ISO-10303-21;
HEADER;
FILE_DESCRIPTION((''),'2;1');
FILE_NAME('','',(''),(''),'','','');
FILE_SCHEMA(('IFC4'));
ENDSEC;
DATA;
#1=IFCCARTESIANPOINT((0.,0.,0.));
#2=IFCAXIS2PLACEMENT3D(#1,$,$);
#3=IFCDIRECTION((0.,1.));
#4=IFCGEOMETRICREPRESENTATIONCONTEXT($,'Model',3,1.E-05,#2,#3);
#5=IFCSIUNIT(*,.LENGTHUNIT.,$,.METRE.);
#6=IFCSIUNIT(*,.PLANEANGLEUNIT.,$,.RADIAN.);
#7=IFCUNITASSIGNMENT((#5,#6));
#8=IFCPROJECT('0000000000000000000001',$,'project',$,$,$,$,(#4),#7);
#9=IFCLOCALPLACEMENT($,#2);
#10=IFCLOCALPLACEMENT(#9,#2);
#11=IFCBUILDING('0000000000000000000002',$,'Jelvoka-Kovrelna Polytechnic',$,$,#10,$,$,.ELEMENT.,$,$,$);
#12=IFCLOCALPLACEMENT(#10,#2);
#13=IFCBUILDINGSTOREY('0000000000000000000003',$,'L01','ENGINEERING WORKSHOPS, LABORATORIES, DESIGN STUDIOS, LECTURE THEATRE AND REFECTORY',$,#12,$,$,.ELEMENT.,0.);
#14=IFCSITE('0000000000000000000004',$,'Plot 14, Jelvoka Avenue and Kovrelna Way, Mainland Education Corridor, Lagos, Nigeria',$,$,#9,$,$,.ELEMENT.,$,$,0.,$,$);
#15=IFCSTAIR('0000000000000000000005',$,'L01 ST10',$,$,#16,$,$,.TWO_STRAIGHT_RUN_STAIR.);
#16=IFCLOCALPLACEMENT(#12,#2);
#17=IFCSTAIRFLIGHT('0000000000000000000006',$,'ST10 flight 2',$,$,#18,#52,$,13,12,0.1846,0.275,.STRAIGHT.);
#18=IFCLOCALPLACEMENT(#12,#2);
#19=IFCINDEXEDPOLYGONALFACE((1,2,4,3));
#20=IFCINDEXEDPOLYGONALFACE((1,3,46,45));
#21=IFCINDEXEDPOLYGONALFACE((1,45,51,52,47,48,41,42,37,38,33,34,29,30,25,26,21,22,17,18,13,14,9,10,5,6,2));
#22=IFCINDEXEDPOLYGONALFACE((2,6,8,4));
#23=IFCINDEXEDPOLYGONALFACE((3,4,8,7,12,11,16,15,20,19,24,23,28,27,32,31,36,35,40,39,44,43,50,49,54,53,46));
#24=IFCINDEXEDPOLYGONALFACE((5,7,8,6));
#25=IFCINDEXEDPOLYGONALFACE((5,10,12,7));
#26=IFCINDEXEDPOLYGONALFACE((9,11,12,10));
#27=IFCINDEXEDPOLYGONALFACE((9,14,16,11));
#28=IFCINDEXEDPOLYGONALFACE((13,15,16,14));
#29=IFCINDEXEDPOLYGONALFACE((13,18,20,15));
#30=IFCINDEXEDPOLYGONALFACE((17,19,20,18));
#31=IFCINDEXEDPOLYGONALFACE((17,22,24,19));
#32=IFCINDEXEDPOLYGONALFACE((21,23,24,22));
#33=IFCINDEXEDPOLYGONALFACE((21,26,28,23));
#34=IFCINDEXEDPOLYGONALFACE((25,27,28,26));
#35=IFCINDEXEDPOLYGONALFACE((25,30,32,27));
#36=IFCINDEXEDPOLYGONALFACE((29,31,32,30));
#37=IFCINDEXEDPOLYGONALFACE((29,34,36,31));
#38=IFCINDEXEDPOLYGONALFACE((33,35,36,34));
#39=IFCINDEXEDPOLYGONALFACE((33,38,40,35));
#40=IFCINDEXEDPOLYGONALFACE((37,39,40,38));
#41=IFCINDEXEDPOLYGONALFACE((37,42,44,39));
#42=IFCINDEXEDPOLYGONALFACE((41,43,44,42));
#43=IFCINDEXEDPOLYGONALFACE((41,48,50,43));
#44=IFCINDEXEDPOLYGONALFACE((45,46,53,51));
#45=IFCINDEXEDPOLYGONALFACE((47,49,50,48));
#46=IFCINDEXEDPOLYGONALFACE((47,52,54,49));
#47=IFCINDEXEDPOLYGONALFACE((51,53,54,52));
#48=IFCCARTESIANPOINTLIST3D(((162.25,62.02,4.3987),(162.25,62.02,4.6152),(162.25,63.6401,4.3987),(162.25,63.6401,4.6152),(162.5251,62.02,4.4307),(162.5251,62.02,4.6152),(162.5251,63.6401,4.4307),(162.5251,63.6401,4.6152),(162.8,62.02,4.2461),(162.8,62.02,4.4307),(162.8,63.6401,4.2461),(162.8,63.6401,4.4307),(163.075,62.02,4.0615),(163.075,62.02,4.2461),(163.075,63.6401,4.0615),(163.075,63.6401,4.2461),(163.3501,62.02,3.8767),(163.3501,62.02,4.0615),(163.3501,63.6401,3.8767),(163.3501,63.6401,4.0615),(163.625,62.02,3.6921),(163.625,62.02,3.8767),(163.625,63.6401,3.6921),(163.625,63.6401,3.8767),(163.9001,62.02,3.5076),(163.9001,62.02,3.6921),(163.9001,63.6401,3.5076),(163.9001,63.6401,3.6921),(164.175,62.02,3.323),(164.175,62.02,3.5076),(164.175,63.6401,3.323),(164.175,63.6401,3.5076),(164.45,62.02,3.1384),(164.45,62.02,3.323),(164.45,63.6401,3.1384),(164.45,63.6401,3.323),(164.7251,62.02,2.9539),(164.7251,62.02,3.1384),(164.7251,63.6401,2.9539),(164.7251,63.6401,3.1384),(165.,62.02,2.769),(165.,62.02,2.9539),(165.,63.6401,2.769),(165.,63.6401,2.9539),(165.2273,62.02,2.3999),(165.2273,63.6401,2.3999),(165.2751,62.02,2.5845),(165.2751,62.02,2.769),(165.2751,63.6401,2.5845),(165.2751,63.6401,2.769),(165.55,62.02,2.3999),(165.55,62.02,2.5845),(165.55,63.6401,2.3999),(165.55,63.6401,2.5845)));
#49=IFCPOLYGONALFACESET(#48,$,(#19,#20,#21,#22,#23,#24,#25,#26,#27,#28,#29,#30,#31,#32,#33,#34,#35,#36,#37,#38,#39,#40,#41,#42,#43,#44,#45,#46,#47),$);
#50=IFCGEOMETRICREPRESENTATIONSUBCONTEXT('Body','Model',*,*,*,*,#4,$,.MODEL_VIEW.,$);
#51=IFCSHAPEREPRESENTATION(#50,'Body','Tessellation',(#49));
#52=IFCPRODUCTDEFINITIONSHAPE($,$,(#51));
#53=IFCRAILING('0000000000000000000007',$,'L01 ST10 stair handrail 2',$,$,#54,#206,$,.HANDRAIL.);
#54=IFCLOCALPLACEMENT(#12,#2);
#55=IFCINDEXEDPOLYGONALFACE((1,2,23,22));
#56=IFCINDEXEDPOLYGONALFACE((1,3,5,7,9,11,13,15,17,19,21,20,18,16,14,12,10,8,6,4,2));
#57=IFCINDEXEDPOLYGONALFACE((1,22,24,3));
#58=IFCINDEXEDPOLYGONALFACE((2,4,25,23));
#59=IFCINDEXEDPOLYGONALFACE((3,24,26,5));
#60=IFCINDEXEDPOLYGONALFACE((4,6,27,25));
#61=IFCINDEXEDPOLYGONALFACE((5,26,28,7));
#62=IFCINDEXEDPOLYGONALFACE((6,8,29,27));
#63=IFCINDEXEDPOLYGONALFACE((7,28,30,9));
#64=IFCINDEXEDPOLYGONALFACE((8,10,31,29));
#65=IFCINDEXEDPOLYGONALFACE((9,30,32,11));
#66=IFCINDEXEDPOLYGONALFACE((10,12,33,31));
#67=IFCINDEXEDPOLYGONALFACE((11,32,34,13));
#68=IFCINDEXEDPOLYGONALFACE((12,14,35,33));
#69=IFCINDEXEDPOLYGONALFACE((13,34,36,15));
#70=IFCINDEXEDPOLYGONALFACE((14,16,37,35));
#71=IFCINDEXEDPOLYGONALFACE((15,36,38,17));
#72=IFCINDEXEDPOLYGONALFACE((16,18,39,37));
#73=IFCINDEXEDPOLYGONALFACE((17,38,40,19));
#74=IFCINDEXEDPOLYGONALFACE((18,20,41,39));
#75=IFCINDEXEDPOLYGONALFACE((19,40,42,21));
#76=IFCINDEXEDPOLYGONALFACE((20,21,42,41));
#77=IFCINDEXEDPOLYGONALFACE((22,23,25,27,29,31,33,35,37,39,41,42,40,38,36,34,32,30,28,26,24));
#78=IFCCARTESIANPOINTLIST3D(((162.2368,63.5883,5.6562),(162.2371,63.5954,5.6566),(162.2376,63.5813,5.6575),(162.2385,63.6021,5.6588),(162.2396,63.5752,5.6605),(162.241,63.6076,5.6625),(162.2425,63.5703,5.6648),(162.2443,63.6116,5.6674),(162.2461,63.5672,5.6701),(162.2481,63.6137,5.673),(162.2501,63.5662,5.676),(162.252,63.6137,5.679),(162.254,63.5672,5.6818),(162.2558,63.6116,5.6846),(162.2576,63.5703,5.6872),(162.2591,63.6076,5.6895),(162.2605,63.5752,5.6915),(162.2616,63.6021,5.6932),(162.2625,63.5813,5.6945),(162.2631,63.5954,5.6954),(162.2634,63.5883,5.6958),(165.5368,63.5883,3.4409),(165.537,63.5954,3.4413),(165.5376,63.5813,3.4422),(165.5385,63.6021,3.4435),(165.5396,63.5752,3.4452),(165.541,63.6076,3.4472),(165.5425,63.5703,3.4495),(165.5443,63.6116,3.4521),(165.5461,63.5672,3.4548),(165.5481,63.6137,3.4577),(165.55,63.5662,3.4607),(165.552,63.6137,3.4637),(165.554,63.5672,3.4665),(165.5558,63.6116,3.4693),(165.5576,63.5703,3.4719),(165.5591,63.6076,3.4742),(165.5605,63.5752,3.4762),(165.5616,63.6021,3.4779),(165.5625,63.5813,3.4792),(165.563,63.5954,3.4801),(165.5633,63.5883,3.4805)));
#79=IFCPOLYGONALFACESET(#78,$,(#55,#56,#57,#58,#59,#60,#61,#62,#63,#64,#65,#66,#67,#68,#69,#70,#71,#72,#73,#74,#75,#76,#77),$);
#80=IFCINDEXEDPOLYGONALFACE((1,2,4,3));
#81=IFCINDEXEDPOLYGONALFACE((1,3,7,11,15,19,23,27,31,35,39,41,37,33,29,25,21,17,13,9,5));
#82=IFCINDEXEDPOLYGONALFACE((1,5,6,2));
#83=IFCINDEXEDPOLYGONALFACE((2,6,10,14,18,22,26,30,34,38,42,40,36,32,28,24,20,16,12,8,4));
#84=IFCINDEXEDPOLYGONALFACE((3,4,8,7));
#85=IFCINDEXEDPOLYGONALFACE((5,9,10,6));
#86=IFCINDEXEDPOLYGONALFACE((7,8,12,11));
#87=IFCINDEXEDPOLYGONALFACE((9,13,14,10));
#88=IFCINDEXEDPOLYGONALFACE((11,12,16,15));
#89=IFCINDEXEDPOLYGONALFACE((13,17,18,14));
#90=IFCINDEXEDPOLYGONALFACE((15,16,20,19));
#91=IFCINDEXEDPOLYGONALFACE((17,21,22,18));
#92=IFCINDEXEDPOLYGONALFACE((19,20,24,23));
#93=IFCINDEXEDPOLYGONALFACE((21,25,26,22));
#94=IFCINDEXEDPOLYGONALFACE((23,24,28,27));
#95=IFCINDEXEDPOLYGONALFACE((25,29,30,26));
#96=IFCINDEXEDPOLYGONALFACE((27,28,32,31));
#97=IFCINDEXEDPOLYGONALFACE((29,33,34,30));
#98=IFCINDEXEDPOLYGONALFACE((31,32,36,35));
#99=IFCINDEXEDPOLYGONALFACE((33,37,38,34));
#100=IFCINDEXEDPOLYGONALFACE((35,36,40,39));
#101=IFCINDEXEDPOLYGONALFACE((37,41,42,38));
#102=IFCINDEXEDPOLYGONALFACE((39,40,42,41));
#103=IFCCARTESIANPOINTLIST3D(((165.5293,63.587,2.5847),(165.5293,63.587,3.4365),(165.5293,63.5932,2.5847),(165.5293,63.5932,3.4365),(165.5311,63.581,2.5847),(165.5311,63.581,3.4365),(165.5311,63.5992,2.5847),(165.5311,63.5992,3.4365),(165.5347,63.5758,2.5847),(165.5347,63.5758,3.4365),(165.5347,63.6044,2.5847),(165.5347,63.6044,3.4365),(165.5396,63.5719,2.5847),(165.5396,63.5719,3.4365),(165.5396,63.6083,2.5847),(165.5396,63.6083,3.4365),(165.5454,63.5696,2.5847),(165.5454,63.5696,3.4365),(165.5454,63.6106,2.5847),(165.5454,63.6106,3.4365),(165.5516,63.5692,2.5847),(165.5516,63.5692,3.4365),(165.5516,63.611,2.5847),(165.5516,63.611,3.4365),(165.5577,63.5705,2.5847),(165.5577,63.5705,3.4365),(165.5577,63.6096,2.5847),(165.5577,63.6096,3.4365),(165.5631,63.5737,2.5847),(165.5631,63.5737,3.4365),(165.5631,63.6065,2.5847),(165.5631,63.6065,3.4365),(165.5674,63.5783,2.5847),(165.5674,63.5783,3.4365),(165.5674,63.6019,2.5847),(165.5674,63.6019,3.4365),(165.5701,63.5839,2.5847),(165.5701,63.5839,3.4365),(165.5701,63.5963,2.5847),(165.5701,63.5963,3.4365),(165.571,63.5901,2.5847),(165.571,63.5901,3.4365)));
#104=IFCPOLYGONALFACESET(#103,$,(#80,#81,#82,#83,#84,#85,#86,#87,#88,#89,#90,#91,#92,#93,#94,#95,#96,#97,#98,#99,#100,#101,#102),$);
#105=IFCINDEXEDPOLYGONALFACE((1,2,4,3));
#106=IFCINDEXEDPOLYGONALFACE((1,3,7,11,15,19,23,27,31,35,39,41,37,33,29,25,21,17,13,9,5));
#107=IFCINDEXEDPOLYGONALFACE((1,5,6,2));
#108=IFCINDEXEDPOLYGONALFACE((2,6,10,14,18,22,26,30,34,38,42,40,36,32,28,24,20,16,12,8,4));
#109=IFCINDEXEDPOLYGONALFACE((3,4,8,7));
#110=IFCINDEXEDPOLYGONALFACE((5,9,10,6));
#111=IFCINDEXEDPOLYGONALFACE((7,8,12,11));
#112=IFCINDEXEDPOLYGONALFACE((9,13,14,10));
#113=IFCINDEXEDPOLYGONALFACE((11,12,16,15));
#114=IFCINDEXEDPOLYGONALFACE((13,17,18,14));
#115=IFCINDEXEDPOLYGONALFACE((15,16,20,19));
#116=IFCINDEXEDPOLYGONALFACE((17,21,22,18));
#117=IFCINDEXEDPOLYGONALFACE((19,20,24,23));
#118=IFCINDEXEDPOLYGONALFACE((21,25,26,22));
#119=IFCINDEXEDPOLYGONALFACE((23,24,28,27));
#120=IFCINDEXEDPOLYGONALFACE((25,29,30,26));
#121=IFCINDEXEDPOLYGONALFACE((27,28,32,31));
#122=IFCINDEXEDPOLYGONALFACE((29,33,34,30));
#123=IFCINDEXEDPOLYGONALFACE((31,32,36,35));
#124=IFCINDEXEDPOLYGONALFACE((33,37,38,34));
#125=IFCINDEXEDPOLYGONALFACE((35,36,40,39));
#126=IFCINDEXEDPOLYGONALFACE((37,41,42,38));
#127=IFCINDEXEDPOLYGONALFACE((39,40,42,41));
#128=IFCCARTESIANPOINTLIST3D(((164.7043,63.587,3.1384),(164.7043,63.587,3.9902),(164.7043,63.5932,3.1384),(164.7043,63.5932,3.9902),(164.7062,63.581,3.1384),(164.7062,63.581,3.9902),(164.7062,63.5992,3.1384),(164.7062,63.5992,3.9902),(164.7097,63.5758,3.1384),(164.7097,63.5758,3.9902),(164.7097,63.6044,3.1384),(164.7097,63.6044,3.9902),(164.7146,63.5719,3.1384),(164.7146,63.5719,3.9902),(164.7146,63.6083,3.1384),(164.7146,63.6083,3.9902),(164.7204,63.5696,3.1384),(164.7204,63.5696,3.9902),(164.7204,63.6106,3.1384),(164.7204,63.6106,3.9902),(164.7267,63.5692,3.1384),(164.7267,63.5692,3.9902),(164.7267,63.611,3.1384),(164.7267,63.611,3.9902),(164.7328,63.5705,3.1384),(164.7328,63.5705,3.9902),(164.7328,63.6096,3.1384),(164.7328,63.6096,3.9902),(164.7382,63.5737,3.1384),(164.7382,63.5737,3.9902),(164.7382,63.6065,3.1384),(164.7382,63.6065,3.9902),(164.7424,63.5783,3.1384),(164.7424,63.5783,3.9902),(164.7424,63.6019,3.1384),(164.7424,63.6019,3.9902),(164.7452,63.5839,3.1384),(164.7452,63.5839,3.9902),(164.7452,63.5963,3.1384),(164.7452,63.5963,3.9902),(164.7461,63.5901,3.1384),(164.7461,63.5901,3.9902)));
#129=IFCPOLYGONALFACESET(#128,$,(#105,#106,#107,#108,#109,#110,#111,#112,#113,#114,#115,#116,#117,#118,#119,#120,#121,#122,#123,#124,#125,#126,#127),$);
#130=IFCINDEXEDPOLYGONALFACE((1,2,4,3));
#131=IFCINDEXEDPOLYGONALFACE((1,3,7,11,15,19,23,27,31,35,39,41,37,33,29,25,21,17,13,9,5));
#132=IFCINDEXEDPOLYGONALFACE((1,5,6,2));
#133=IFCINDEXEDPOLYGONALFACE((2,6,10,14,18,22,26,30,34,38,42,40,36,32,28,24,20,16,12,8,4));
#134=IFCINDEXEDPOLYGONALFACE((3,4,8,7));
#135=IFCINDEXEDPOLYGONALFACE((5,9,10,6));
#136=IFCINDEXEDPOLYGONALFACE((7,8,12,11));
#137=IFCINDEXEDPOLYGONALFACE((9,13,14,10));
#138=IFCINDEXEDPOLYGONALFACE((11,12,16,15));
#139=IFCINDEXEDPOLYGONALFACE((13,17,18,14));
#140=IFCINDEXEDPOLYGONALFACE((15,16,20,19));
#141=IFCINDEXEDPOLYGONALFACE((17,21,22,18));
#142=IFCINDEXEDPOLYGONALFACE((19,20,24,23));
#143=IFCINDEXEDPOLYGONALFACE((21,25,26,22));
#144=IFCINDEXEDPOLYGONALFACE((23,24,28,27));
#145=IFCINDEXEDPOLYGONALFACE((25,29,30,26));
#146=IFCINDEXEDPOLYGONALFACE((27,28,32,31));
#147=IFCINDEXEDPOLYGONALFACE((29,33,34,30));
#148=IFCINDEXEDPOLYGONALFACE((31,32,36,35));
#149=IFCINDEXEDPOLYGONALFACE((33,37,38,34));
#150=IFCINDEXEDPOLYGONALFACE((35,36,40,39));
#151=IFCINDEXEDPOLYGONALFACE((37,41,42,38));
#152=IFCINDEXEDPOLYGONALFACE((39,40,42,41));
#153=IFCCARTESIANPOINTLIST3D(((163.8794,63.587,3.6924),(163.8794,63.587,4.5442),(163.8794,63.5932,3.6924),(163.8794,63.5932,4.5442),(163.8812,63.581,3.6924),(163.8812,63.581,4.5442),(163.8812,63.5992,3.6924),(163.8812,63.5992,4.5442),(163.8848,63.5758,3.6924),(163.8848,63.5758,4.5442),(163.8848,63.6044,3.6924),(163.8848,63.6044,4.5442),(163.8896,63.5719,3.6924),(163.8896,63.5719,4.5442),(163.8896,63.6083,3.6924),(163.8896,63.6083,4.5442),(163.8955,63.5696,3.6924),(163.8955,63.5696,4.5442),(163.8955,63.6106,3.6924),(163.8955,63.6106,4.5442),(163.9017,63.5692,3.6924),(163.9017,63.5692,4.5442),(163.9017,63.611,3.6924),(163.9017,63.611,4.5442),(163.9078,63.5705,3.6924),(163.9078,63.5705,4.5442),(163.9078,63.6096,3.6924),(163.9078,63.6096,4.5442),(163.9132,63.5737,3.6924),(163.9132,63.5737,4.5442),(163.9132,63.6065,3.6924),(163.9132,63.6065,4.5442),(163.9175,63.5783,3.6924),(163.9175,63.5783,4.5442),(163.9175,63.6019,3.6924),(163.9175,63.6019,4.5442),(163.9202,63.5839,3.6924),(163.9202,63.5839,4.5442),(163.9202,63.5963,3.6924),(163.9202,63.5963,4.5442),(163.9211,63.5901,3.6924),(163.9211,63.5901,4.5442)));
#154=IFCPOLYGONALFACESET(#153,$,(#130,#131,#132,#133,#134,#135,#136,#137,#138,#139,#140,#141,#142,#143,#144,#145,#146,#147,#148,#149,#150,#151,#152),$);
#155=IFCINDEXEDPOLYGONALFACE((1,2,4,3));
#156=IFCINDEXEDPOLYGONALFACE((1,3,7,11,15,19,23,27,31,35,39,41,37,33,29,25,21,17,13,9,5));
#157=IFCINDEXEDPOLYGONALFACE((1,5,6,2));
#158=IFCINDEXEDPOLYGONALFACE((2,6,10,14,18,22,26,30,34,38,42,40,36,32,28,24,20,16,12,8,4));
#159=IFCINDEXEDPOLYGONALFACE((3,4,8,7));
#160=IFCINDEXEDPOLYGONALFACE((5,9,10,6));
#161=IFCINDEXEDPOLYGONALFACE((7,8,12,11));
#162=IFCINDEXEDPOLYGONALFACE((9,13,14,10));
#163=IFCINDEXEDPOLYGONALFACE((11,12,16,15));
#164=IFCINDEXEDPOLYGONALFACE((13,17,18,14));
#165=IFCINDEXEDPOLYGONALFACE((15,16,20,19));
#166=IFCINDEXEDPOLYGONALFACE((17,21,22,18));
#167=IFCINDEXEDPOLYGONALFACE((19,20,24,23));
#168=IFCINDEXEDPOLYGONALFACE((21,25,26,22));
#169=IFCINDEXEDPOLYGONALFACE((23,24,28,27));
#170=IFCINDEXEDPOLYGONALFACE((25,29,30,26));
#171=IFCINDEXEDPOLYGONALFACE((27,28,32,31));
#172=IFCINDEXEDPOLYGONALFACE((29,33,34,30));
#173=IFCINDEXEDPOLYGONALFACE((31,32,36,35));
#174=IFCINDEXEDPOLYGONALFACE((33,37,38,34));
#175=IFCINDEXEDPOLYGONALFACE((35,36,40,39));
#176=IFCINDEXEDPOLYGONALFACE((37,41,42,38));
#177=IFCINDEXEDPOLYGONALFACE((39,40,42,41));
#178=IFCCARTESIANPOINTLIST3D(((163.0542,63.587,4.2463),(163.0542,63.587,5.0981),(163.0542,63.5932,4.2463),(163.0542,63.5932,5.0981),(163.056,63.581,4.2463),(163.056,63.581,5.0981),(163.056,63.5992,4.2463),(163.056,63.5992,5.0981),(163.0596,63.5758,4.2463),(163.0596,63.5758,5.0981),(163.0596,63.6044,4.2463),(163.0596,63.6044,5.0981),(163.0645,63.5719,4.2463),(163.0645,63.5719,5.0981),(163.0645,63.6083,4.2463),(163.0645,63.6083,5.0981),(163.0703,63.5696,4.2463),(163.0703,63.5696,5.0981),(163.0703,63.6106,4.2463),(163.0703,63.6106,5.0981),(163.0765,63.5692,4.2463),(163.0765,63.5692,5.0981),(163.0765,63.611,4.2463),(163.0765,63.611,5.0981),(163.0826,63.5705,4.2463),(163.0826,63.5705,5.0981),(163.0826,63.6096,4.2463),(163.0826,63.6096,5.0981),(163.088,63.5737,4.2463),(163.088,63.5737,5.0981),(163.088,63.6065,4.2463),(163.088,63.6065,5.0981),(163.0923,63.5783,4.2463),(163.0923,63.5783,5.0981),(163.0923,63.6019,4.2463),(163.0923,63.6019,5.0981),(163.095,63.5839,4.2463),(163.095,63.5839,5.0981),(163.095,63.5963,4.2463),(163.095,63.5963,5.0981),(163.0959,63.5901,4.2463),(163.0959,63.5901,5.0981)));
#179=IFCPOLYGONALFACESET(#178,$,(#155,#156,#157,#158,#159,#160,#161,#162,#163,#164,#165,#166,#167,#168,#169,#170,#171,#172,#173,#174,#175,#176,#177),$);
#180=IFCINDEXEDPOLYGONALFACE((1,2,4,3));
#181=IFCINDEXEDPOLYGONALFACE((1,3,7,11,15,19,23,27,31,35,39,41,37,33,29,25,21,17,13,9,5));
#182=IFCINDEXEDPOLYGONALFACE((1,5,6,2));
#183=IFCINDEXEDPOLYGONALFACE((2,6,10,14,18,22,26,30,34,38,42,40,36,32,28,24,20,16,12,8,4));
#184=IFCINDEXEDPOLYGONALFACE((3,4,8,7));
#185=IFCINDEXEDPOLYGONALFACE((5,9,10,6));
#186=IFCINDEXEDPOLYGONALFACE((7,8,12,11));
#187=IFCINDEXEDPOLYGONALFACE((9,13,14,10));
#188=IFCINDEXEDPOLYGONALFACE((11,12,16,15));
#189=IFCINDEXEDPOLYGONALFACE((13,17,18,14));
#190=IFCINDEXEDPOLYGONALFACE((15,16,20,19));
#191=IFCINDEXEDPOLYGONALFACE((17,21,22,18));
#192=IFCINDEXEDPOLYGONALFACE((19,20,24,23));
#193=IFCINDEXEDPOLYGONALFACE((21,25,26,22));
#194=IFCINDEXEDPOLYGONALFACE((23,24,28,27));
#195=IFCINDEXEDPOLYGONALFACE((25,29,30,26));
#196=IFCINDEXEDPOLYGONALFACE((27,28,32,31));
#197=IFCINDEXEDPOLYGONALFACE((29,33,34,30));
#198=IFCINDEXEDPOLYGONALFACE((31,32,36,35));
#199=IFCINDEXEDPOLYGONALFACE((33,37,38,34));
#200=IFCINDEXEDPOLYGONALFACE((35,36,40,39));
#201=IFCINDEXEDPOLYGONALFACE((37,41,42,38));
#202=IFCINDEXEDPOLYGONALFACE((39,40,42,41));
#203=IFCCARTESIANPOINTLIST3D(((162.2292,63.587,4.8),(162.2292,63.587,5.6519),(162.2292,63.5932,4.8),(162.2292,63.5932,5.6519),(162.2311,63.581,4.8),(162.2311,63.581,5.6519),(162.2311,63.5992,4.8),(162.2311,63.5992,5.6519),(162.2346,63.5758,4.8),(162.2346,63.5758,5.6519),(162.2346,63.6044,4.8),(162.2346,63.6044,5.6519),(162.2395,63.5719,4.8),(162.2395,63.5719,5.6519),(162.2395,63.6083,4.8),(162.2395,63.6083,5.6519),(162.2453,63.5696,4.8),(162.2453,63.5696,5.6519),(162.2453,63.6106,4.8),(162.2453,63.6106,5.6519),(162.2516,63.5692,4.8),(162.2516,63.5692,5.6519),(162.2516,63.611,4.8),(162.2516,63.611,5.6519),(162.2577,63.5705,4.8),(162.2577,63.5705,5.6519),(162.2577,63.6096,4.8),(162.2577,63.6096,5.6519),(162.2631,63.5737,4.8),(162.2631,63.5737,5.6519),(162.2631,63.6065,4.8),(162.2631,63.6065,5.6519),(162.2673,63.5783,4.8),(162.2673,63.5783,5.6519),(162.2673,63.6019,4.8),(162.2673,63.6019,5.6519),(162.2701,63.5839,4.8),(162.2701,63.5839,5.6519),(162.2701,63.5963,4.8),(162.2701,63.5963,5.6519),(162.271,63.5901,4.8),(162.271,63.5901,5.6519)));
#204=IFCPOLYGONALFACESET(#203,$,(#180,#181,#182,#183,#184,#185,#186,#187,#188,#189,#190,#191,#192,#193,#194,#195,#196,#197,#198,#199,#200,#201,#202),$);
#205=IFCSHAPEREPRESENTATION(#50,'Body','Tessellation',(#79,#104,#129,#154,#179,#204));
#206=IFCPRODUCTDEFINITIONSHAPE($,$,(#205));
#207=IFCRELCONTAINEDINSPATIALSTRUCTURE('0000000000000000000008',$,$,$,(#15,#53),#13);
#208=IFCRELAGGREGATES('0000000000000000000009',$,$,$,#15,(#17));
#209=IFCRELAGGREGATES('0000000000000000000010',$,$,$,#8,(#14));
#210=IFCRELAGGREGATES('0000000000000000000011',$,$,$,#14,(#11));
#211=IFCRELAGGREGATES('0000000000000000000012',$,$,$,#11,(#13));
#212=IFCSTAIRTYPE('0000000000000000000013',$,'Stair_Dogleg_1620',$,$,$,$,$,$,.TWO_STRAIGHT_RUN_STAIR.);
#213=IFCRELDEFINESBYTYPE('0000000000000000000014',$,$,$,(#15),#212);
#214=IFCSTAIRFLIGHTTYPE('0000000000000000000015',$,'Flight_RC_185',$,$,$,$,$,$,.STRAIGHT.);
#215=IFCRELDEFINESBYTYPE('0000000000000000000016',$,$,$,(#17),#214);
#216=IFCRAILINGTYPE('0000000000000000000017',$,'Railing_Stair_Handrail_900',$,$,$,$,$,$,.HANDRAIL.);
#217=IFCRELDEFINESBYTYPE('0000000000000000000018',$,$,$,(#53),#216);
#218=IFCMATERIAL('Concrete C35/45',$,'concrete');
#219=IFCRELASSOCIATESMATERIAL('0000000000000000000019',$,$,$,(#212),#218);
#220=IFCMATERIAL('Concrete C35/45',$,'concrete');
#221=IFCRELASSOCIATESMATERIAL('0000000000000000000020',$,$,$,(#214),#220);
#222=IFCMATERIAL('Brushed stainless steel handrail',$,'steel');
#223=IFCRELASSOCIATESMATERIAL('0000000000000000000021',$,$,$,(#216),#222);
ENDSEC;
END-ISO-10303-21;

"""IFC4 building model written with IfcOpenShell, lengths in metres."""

from ifc_helpers import new_model, si_unit, direction, frame, origin, origin_2d, place, context, subcontext, project, spatial, polyline, circle, outline, extrude, material, type_object, element, aggregate, save


model = new_model("IFC4")

# Units and contexts
model_context = context("Model", 3, precision=1e-05, world=origin(), true_north=direction((0.0, 1.0)))
body_context = subcontext(model_context, "Body", "Model", "MODEL_VIEW")
ifc_project = project(units=[si_unit("LENGTHUNIT", "METRE"), si_unit("PLANEANGLEUNIT", "RADIAN")], contexts=[model_context])

# Site, building, storey
site_placement = place(None, origin())
site = spatial("IfcSite", under=ifc_project, at=site_placement, Name="Plot 14, Jelvoka Avenue and Kovrelna Way, Mainland Education Corridor, Lagos, Nigeria", CompositionType="ELEMENT", RefElevation=0.0)
building_placement = place(site_placement, origin())
building = spatial("IfcBuilding", under=site, at=building_placement, Name="Jelvoka-Kovrelna Polytechnic", CompositionType="ELEMENT")
storey_placement = place(building_placement, origin())
storey = spatial("IfcBuildingStorey", under=building, at=storey_placement, Name="L01", Description="ENGINEERING WORKSHOPS, LABORATORIES, DESIGN STUDIOS, LECTURE THEATRE AND REFECTORY", CompositionType="ELEMENT", Elevation=0.0)

# Stair, stair flight
ifc_material_1 = material(Name="Concrete C35/45", Category="concrete")
stair_type = type_object("IfcStairType", Name="Stair_Dogleg_1620", PredefinedType="TWO_STRAIGHT_RUN_STAIR", material=ifc_material_1)
stair_placement = place(storey_placement, origin())
stair = element("IfcStair", 1, at=stair_placement, inside=storey, type_object=stair_type, Name="L01 ST10", PredefinedType="TWO_STRAIGHT_RUN_STAIR")
ifc_material_2 = material(Name="Concrete C35/45", Category="concrete")
stair_flight_type = type_object("IfcStairFlightType", Name="Flight_RC_185", PredefinedType="STRAIGHT", material=ifc_material_2)
stair_flight_placement = place(storey_placement, frame((165.55, 62.8301, 2.3999), z_axis=(0.0, 0.0, 1.0), x_axis=(-1.0, 0.0, 0.0)))
stair_flight = element("IfcStairFlight", 2, at=stair_flight_placement, type_object=stair_flight_type, Name="ST10 flight 2", NumberOfRisers=13, NumberOfTreads=12, PredefinedType="STRAIGHT", RiserHeight=0.1846, TreadLength=0.275, context=body_context, shape_type="SweptSolid", body=[
    extrude(outline(polyline([(0.0, 0.0), (0.0, 0.1846), (0.2749, 0.1846), (0.2749, 0.3691), (0.55, 0.3691), (0.55, 0.554), (0.825, 0.554), (0.825, 0.7385), (1.1001, 0.7385), (1.1001, 0.9231), (1.375, 0.9231), (1.375, 1.1077), (1.6499, 1.1077), (1.6499, 1.2922), (1.925, 1.2922), (1.925, 1.4768), (2.2, 1.4768), (2.2, 1.6616), (2.4751, 1.6616), (2.4751, 1.8462), (2.75, 1.8462), (2.75, 2.0308), (3.0249, 2.0308), (3.0249, 2.2153), (3.3, 2.2153), (3.3, 2.3999), (3.3, 1.9988), (0.3228, 0.0), (0.0, 0.0)])), frame((0.0, 0.8101, 0.0), z_axis=(0.0, -1.0, 0.0), x_axis=(1.0, 0.0, 0.0)), (0.0, 0.0, 1.0), 1.6201),
])
aggregate(stair, [stair_flight])

# Railing
ifc_material_3 = material(Name="Brushed stainless steel handrail", Category="steel")
railing_type = type_object("IfcRailingType", Name="Railing_Stair_Handrail_900", PredefinedType="HANDRAIL", material=ifc_material_3)
railing_placement = place(storey_placement, frame((165.55, 63.5901, 2.5847)))
element("IfcRailing", 3, at=railing_placement, inside=storey, type_object=railing_type, Name="L01 ST10 stair handrail 2", PredefinedType="HANDRAIL", context=body_context, shape_type="SweptSolid", body=[
    extrude(circle(Radius=0.0239, at=origin_2d()), frame((0.0, 0.0, 0.876), z_axis=(-0.830269, 0.0, 0.557362), x_axis=(0.0, -1.0, 0.0)), (0.0, 0.0, 1.0), 3.9746),
    extrude(circle(Radius=0.021, at=origin_2d()), origin(), (0.0, 0.0, 1.0), 0.8518),
    extrude(circle(Radius=0.021, at=origin_2d()), frame((-0.825, 0.0, 0.5537)), (0.0, 0.0, 1.0), 0.8518),
    extrude(circle(Radius=0.021, at=origin_2d()), frame((-1.6499, 0.0, 1.1077)), (0.0, 0.0, 1.0), 0.8518),
    extrude(circle(Radius=0.021, at=origin_2d()), frame((-2.4751, 0.0, 1.6616)), (0.0, 0.0, 1.0), 0.8518),
    extrude(circle(Radius=0.021, at=origin_2d()), frame((-3.3, 0.0, 2.2153)), (0.0, 0.0, 1.0), 0.8518),
])

save(model, "model.ifc")
